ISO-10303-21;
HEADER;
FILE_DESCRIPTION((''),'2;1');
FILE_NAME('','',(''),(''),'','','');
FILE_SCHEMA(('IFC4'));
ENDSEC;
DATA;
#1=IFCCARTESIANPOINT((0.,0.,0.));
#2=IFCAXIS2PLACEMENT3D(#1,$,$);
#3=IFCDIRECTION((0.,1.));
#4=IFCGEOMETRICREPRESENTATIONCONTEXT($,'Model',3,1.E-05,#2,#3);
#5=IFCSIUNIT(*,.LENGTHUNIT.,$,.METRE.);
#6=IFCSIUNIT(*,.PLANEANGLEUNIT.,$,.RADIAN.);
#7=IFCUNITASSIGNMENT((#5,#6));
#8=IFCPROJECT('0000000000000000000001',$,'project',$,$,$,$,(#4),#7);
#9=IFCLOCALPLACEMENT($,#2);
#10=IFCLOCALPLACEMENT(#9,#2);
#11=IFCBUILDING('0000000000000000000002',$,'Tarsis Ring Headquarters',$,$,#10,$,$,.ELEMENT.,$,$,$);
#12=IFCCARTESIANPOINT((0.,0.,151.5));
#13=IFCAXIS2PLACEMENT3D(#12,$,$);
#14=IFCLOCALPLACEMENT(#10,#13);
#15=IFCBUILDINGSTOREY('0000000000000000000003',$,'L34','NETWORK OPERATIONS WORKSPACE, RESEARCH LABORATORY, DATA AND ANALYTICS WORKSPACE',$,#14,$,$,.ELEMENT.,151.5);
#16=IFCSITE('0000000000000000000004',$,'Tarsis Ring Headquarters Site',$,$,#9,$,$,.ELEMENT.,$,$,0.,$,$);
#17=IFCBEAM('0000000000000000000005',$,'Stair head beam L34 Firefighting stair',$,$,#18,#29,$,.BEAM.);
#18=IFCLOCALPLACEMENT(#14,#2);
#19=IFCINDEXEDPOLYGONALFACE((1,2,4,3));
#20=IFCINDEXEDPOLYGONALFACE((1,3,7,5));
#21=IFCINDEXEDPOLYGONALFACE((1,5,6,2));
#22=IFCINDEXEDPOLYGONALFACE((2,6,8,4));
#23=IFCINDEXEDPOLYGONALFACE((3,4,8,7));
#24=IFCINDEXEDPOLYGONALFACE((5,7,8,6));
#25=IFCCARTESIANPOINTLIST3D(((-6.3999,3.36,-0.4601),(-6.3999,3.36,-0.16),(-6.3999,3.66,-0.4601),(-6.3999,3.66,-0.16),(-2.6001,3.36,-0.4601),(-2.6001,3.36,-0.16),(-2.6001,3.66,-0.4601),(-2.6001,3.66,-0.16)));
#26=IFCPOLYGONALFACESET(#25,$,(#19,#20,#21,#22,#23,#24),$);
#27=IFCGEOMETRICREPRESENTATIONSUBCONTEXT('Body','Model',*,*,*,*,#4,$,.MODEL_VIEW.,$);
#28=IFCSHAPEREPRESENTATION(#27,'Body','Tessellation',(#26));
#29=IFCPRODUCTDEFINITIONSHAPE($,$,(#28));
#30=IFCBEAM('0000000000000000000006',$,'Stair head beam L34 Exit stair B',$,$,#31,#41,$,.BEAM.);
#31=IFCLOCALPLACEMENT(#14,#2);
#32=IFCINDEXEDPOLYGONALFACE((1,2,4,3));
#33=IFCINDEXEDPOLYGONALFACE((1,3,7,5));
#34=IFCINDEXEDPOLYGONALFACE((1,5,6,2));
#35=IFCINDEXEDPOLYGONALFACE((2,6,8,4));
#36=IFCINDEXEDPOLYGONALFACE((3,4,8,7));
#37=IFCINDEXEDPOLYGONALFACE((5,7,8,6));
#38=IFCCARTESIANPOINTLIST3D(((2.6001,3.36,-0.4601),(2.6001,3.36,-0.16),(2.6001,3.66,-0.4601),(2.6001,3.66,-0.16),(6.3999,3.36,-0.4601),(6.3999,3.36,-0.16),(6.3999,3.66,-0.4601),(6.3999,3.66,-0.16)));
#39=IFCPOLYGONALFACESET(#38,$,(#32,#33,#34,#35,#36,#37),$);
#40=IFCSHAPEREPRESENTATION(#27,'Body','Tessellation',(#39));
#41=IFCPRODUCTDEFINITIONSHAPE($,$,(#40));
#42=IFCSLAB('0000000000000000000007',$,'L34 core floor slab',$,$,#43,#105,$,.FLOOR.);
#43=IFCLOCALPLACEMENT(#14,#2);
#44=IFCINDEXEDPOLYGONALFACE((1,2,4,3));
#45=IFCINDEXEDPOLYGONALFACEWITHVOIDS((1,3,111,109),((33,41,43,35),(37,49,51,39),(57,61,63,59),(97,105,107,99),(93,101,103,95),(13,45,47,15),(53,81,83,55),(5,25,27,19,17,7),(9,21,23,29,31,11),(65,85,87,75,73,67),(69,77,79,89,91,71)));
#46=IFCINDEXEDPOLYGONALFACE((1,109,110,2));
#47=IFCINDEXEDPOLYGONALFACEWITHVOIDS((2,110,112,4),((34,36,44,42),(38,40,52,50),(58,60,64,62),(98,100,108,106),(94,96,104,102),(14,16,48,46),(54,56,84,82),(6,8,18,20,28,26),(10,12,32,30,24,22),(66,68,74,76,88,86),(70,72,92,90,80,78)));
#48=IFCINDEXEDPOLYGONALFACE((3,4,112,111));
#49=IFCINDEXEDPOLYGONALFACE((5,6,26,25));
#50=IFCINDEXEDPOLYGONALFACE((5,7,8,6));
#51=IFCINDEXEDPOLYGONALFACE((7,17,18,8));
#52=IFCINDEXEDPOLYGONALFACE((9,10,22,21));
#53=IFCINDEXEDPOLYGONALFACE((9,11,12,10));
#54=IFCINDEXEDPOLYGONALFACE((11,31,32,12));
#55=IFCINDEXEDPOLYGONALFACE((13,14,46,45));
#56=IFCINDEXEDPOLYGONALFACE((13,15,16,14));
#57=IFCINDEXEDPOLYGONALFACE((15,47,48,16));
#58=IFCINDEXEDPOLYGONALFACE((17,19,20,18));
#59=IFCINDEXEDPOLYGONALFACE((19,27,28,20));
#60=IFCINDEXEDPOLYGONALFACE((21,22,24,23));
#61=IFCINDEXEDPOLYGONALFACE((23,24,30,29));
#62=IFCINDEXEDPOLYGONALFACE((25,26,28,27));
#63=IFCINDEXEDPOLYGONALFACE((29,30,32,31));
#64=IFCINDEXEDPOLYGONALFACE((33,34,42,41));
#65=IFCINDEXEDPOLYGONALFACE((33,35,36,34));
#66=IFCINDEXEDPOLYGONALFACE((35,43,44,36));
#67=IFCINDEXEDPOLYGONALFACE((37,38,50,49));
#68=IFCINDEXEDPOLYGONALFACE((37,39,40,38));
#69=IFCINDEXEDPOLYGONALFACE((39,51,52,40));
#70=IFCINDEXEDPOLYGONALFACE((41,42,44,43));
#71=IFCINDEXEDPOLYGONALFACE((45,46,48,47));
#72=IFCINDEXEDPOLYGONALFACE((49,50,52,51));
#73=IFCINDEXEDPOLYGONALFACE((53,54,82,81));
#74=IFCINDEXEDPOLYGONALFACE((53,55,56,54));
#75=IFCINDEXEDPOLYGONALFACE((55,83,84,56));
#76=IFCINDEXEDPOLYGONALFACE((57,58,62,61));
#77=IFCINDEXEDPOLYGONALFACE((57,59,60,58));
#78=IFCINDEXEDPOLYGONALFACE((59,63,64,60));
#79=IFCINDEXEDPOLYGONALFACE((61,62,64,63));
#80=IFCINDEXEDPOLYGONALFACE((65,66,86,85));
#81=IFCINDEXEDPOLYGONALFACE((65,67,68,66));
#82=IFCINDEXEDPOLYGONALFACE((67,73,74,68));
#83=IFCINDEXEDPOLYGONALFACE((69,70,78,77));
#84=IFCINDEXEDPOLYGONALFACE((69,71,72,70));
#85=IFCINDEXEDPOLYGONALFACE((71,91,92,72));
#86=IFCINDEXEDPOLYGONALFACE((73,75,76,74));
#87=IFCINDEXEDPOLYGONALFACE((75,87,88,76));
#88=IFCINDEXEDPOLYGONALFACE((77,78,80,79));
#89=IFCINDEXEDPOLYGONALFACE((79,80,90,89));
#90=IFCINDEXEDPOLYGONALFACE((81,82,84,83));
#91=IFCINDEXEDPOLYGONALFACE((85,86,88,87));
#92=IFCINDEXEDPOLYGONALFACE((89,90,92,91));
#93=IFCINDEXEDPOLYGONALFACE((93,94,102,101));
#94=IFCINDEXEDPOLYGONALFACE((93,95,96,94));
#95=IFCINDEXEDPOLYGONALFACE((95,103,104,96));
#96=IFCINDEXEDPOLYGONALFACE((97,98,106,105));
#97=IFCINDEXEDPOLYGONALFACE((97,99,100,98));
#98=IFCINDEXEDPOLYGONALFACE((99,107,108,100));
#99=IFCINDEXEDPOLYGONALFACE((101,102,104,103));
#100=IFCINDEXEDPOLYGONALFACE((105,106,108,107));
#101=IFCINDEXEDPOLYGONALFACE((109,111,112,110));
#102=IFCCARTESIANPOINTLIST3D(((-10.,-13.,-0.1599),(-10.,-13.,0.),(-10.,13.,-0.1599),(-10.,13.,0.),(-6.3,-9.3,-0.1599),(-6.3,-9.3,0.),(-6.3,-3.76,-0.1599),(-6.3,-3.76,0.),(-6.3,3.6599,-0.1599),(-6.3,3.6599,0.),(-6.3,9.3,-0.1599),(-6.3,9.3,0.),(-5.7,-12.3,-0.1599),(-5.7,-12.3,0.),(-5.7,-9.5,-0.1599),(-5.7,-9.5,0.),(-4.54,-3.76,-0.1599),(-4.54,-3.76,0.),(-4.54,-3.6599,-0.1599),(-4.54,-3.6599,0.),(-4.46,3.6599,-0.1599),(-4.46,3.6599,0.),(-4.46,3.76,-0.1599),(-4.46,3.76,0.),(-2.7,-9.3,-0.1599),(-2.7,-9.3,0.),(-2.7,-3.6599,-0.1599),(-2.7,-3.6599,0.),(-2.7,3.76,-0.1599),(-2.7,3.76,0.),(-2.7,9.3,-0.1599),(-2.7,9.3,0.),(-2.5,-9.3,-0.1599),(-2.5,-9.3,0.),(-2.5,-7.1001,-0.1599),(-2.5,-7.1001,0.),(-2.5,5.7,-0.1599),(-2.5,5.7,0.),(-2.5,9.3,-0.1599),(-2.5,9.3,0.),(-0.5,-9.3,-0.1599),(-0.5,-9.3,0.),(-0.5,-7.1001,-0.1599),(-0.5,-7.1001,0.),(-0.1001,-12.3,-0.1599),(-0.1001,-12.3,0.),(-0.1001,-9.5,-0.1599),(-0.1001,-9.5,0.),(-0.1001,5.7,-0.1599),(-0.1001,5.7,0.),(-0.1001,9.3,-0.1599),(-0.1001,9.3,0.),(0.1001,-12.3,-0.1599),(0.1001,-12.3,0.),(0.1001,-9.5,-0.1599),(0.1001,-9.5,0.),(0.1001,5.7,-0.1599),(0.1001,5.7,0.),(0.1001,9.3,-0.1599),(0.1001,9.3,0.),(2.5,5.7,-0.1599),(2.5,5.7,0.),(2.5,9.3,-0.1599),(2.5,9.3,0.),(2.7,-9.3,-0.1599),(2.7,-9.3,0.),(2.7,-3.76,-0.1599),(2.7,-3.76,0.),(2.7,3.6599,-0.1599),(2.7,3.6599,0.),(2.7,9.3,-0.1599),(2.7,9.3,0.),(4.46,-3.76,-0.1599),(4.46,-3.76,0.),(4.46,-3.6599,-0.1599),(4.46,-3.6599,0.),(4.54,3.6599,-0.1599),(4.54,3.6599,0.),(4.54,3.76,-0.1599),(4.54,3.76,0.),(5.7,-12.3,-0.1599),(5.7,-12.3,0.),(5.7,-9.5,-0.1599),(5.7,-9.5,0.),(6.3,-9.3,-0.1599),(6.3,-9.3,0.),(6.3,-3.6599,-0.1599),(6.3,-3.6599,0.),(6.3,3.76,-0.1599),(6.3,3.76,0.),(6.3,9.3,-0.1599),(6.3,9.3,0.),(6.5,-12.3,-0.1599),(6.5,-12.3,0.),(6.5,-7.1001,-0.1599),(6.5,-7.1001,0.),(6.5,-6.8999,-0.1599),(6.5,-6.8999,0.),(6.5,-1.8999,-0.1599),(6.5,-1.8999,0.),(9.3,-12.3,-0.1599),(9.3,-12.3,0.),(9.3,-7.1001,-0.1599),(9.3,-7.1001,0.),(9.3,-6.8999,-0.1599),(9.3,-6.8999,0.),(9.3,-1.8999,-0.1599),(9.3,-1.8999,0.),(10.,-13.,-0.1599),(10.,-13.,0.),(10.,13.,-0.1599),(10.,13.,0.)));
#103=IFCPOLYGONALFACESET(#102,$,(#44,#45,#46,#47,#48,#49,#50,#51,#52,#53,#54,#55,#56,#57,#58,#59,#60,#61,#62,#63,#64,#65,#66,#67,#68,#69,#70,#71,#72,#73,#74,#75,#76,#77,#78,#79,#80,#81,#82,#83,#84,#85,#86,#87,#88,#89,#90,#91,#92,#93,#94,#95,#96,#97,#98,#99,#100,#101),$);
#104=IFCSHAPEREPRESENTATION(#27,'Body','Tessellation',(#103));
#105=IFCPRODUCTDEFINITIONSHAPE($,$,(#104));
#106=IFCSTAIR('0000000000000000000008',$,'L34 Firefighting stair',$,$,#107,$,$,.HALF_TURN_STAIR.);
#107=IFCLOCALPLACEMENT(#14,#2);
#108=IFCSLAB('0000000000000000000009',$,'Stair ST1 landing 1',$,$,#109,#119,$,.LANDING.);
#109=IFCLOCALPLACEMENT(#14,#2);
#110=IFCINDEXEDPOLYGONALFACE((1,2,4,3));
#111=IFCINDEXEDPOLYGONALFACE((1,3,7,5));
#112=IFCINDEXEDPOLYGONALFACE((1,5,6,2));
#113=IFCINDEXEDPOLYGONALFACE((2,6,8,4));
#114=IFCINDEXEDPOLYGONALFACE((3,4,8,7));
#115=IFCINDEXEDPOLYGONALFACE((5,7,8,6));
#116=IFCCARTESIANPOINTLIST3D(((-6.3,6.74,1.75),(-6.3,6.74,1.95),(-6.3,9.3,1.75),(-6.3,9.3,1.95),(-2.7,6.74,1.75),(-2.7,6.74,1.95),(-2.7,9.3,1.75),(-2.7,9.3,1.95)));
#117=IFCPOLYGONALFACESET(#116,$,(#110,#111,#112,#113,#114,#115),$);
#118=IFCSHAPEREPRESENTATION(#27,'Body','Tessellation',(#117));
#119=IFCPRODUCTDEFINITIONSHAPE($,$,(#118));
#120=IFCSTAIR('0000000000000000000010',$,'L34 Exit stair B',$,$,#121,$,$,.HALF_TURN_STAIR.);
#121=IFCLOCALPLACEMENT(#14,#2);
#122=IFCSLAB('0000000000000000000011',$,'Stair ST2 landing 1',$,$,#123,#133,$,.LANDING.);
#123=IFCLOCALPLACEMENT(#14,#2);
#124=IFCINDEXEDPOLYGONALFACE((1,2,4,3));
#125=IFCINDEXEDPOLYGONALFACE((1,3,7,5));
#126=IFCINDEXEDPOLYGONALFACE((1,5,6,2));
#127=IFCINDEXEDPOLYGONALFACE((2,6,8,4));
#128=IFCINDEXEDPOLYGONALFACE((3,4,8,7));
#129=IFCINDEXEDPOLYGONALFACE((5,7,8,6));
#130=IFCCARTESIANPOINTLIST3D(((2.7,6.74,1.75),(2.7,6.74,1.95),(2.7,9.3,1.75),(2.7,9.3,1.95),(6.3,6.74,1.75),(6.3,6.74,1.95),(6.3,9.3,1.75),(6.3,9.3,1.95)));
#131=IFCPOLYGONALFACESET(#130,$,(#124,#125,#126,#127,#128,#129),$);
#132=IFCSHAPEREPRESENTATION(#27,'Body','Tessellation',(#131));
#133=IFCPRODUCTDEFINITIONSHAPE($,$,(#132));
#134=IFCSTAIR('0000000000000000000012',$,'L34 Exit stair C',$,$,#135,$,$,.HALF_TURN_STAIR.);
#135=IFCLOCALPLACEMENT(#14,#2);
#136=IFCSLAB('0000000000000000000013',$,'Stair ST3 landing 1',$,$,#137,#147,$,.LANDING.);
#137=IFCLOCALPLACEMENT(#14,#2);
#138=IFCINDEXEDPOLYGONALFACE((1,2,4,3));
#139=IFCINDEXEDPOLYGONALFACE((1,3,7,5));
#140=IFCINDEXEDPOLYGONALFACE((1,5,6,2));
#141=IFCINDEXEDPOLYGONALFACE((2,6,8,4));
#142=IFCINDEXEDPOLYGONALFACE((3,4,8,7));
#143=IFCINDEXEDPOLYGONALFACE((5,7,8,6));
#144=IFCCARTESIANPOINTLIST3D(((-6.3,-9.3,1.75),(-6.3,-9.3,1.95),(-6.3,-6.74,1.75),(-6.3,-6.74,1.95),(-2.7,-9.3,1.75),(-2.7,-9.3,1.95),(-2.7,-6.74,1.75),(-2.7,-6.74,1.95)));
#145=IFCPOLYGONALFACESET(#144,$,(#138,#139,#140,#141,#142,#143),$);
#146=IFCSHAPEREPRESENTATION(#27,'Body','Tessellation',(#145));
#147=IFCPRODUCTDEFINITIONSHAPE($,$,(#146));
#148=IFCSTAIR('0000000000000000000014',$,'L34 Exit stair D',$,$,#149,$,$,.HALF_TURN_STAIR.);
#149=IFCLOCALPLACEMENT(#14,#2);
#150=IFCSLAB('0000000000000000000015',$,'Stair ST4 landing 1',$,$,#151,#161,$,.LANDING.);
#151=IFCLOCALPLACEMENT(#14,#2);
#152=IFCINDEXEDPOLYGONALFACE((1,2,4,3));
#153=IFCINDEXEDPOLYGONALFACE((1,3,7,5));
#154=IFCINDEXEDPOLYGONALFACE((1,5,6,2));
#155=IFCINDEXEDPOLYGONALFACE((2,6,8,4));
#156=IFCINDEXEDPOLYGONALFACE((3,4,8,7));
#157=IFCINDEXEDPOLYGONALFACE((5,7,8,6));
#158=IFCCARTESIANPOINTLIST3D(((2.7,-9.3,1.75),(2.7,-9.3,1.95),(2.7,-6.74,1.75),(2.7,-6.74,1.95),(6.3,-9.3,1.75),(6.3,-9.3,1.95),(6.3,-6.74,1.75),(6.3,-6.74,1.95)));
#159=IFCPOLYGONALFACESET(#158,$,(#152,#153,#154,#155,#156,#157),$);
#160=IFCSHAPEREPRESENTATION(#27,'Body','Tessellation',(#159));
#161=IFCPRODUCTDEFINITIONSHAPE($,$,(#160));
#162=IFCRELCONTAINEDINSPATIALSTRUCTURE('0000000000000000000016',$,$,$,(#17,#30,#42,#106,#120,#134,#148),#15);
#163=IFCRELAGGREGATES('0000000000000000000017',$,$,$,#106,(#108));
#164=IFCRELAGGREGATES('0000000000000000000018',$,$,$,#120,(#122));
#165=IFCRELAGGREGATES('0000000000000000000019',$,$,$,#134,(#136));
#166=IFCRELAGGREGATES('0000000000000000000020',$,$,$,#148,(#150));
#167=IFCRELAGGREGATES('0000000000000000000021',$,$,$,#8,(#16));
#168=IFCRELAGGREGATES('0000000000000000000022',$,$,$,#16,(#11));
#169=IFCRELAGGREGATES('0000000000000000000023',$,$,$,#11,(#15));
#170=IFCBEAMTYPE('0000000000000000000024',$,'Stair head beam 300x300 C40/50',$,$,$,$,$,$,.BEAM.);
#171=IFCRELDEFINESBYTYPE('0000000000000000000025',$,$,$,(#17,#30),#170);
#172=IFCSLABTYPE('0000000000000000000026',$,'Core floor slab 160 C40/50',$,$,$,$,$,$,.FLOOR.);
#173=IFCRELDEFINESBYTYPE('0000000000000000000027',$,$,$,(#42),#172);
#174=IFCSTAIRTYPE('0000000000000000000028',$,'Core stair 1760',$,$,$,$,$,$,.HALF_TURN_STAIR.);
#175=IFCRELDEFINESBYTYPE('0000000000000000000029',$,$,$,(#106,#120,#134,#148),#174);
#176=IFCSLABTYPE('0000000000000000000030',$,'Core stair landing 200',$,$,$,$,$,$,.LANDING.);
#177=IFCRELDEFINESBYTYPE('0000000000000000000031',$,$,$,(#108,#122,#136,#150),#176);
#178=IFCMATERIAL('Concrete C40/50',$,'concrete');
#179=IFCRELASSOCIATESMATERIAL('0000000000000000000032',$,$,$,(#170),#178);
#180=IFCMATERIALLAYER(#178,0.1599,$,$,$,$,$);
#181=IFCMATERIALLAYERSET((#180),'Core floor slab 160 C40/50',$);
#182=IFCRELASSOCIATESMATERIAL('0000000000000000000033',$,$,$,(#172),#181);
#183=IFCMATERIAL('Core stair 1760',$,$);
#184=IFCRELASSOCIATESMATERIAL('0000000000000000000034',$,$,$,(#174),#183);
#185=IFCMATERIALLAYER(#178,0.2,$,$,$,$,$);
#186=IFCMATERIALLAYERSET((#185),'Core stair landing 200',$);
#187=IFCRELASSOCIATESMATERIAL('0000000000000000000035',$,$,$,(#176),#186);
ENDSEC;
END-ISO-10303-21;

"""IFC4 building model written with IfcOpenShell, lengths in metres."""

from ifc_helpers import new_model, si_unit, direction, frame, origin, origin_2d, place, context, subcontext, project, spatial, polyline, rectangle, outline, extrude, material, layer, layer_set, material_profile, profile_set, type_object, element, aggregate, save


model = new_model("IFC4")

# Units and contexts
model_context = context("Model", 3, precision=1e-05, world=origin(), true_north=direction((0.0, 1.0)))
body_context = subcontext(model_context, "Body", "Model", "MODEL_VIEW")
ifc_project = project(units=[si_unit("LENGTHUNIT", "METRE"), si_unit("PLANEANGLEUNIT", "RADIAN")], contexts=[model_context])

# Site, building, storey
site_placement = place(None, origin())
site = spatial("IfcSite", under=ifc_project, at=site_placement, Name="Tarsis Ring Headquarters Site", CompositionType="ELEMENT", RefElevation=0.0)
building_placement = place(site_placement, origin())
building = spatial("IfcBuilding", under=site, at=building_placement, Name="Tarsis Ring Headquarters", CompositionType="ELEMENT")
storey_placement = place(building_placement, frame((0.0, 0.0, 151.5)))
storey = spatial("IfcBuildingStorey", under=building, at=storey_placement, Name="L34", Description="NETWORK OPERATIONS WORKSPACE, RESEARCH LABORATORY, DATA AND ANALYTICS WORKSPACE", CompositionType="ELEMENT", Elevation=151.5)

# Beams
ifc_material_1 = material(Name="Concrete C40/50", Category="concrete")
ifc_material_profile = material_profile(ifc_material_1, rectangle(XDim=0.3, YDim=0.3, at=origin_2d()), Name="Stair head beam 300x300 C40/50")
ifc_profile_set = profile_set([ifc_material_profile], Name="Concrete C40/50")
beam_type = type_object("IfcBeamType", Name="Stair head beam 300x300 C40/50", PredefinedType="BEAM", material=ifc_profile_set)
for number, where, z_axis, x_axis, name in (
    (1, (-6.3999, 3.51, -0.3101), (1.0, 0.0, 0.0), (0.0, 1.0, 0.0), "Stair head beam L34 Firefighting stair"),
    (2, (2.6001, 3.51, -0.3101), (1.0, 0.0, 0.0), (0.0, 1.0, 0.0), "Stair head beam L34 Exit stair B"),
):
    element("IfcBeam", number, at=place(storey_placement, frame(where, z_axis=z_axis, x_axis=x_axis)), inside=storey, type_object=beam_type, Name=name, PredefinedType="BEAM", context=body_context, shape_type="SweptSolid", body=[
        extrude(rectangle(XDim=0.3, YDim=0.3, at=origin_2d()), origin(), (0.0, 0.0, 1.0), 3.7998),
    ])

# Slab
ifc_layer_1 = layer(ifc_material_1, 0.1599)
ifc_layer_set_1 = layer_set([ifc_layer_1], Name="Core floor slab 160 C40/50")
slab_type_1 = type_object("IfcSlabType", Name="Core floor slab 160 C40/50", PredefinedType="FLOOR", material=ifc_layer_set_1)
slab_1_placement = place(storey_placement, frame((0.0, 0.0, -0.1599)))
element("IfcSlab", 3, at=slab_1_placement, inside=storey, type_object=slab_type_1, Name="L34 core floor slab", PredefinedType="FLOOR", context=body_context, shape_type="SweptSolid", body=[
    extrude(outline(polyline([(-10.0, -13.0), (10.0, -13.0), (10.0, 13.0), (-10.0, 13.0), (-10.0, -13.0)]), holes=[polyline([(-2.5, 5.7), (-0.1001, 5.7), (-0.1001, 9.3), (-2.5, 9.3), (-2.5, 5.7)]), polyline([(0.1001, 5.7), (2.5, 5.7), (2.5, 9.3), (0.1001, 9.3), (0.1001, 5.7)]), polyline([(6.5, -12.3), (9.3, -12.3), (9.3, -7.1001), (6.5, -7.1001), (6.5, -12.3)]), polyline([(6.5, -6.8999), (9.3, -6.8999), (9.3, -1.8999), (6.5, -1.8999), (6.5, -6.8999)]), polyline([(-5.7, -12.3), (-0.1001, -12.3), (-0.1001, -9.5), (-5.7, -9.5), (-5.7, -12.3)]), polyline([(0.1001, -12.3), (5.7, -12.3), (5.7, -9.5), (0.1001, -9.5), (0.1001, -12.3)]), polyline([(-2.5, -9.3), (-0.5, -9.3), (-0.5, -7.1001), (-2.5, -7.1001), (-2.5, -9.3)]), polyline([(-2.7, 3.76), (-2.7, 9.3), (-6.3, 9.3), (-6.3, 3.6599), (-4.46, 3.6599), (-4.46, 3.76), (-2.7, 3.76)]), polyline([(6.3, 3.76), (6.3, 9.3), (2.7, 9.3), (2.7, 3.6599), (4.54, 3.6599), (4.54, 3.76), (6.3, 3.76)]), polyline([(-6.3, -3.76), (-6.3, -9.3), (-2.7, -9.3), (-2.7, -3.6599), (-4.54, -3.6599), (-4.54, -3.76), (-6.3, -3.76)]), polyline([(2.7, -3.76), (2.7, -9.3), (6.3, -9.3), (6.3, -3.6599), (4.46, -3.6599), (4.46, -3.76), (2.7, -3.76)])]), origin(), (0.0, 0.0, 1.0), 0.1599),
])

# Stairs, slabs
ifc_material_2 = material(Name="Core stair 1760")
stair_type = type_object("IfcStairType", Name="Core stair 1760", PredefinedType="HALF_TURN_STAIR", material=ifc_material_2)
stair_1_placement = place(storey_placement, origin())
stair_1 = element("IfcStair", 4, at=stair_1_placement, inside=storey, type_object=stair_type, Name="L34 Firefighting stair", PredefinedType="HALF_TURN_STAIR")
ifc_layer_2 = layer(ifc_material_1, 0.2)
ifc_layer_set_2 = layer_set([ifc_layer_2], Name="Core stair landing 200")
slab_type_2 = type_object("IfcSlabType", Name="Core stair landing 200", PredefinedType="LANDING", material=ifc_layer_set_2)
slab_2_placement = place(storey_placement, frame((0.0, 0.0, 1.75)))
slab_2 = element("IfcSlab", 5, at=slab_2_placement, type_object=slab_type_2, Name="Stair ST1 landing 1", PredefinedType="LANDING", context=body_context, shape_type="SweptSolid", body=[
    extrude(outline(polyline([(-2.7, 6.74), (-2.7, 9.3), (-6.3, 9.3), (-6.3, 6.74), (-2.7, 6.74)])), origin(), (0.0, 0.0, 1.0), 0.2),
])
aggregate(stair_1, [slab_2])
stair_2_placement = place(storey_placement, origin())
stair_2 = element("IfcStair", 6, at=stair_2_placement, inside=storey, type_object=stair_type, Name="L34 Exit stair B", PredefinedType="HALF_TURN_STAIR")
slab_3_placement = place(storey_placement, frame((0.0, 0.0, 1.75)))
slab_3 = element("IfcSlab", 7, at=slab_3_placement, type_object=slab_type_2, Name="Stair ST2 landing 1", PredefinedType="LANDING", context=body_context, shape_type="SweptSolid", body=[
    extrude(outline(polyline([(6.3, 6.74), (6.3, 9.3), (2.7, 9.3), (2.7, 6.74), (6.3, 6.74)])), origin(), (0.0, 0.0, 1.0), 0.2),
])
aggregate(stair_2, [slab_3])
stair_3_placement = place(storey_placement, origin())
stair_3 = element("IfcStair", 8, at=stair_3_placement, inside=storey, type_object=stair_type, Name="L34 Exit stair C", PredefinedType="HALF_TURN_STAIR")
slab_4_placement = place(storey_placement, frame((0.0, 0.0, 1.75)))
slab_4 = element("IfcSlab", 9, at=slab_4_placement, type_object=slab_type_2, Name="Stair ST3 landing 1", PredefinedType="LANDING", context=body_context, shape_type="SweptSolid", body=[
    extrude(outline(polyline([(-6.3, -6.74), (-6.3, -9.3), (-2.7, -9.3), (-2.7, -6.74), (-6.3, -6.74)])), origin(), (0.0, 0.0, 1.0), 0.2),
])
aggregate(stair_3, [slab_4])
stair_4_placement = place(storey_placement, origin())
stair_4 = element("IfcStair", 10, at=stair_4_placement, inside=storey, type_object=stair_type, Name="L34 Exit stair D", PredefinedType="HALF_TURN_STAIR")
slab_5_placement = place(storey_placement, frame((0.0, 0.0, 1.75)))
slab_5 = element("IfcSlab", 11, at=slab_5_placement, type_object=slab_type_2, Name="Stair ST4 landing 1", PredefinedType="LANDING", context=body_context, shape_type="SweptSolid", body=[
    extrude(outline(polyline([(2.7, -6.74), (2.7, -9.3), (6.3, -9.3), (6.3, -6.74), (2.7, -6.74)])), origin(), (0.0, 0.0, 1.0), 0.2),
])
aggregate(stair_4, [slab_5])

save(model, "model.ifc")
